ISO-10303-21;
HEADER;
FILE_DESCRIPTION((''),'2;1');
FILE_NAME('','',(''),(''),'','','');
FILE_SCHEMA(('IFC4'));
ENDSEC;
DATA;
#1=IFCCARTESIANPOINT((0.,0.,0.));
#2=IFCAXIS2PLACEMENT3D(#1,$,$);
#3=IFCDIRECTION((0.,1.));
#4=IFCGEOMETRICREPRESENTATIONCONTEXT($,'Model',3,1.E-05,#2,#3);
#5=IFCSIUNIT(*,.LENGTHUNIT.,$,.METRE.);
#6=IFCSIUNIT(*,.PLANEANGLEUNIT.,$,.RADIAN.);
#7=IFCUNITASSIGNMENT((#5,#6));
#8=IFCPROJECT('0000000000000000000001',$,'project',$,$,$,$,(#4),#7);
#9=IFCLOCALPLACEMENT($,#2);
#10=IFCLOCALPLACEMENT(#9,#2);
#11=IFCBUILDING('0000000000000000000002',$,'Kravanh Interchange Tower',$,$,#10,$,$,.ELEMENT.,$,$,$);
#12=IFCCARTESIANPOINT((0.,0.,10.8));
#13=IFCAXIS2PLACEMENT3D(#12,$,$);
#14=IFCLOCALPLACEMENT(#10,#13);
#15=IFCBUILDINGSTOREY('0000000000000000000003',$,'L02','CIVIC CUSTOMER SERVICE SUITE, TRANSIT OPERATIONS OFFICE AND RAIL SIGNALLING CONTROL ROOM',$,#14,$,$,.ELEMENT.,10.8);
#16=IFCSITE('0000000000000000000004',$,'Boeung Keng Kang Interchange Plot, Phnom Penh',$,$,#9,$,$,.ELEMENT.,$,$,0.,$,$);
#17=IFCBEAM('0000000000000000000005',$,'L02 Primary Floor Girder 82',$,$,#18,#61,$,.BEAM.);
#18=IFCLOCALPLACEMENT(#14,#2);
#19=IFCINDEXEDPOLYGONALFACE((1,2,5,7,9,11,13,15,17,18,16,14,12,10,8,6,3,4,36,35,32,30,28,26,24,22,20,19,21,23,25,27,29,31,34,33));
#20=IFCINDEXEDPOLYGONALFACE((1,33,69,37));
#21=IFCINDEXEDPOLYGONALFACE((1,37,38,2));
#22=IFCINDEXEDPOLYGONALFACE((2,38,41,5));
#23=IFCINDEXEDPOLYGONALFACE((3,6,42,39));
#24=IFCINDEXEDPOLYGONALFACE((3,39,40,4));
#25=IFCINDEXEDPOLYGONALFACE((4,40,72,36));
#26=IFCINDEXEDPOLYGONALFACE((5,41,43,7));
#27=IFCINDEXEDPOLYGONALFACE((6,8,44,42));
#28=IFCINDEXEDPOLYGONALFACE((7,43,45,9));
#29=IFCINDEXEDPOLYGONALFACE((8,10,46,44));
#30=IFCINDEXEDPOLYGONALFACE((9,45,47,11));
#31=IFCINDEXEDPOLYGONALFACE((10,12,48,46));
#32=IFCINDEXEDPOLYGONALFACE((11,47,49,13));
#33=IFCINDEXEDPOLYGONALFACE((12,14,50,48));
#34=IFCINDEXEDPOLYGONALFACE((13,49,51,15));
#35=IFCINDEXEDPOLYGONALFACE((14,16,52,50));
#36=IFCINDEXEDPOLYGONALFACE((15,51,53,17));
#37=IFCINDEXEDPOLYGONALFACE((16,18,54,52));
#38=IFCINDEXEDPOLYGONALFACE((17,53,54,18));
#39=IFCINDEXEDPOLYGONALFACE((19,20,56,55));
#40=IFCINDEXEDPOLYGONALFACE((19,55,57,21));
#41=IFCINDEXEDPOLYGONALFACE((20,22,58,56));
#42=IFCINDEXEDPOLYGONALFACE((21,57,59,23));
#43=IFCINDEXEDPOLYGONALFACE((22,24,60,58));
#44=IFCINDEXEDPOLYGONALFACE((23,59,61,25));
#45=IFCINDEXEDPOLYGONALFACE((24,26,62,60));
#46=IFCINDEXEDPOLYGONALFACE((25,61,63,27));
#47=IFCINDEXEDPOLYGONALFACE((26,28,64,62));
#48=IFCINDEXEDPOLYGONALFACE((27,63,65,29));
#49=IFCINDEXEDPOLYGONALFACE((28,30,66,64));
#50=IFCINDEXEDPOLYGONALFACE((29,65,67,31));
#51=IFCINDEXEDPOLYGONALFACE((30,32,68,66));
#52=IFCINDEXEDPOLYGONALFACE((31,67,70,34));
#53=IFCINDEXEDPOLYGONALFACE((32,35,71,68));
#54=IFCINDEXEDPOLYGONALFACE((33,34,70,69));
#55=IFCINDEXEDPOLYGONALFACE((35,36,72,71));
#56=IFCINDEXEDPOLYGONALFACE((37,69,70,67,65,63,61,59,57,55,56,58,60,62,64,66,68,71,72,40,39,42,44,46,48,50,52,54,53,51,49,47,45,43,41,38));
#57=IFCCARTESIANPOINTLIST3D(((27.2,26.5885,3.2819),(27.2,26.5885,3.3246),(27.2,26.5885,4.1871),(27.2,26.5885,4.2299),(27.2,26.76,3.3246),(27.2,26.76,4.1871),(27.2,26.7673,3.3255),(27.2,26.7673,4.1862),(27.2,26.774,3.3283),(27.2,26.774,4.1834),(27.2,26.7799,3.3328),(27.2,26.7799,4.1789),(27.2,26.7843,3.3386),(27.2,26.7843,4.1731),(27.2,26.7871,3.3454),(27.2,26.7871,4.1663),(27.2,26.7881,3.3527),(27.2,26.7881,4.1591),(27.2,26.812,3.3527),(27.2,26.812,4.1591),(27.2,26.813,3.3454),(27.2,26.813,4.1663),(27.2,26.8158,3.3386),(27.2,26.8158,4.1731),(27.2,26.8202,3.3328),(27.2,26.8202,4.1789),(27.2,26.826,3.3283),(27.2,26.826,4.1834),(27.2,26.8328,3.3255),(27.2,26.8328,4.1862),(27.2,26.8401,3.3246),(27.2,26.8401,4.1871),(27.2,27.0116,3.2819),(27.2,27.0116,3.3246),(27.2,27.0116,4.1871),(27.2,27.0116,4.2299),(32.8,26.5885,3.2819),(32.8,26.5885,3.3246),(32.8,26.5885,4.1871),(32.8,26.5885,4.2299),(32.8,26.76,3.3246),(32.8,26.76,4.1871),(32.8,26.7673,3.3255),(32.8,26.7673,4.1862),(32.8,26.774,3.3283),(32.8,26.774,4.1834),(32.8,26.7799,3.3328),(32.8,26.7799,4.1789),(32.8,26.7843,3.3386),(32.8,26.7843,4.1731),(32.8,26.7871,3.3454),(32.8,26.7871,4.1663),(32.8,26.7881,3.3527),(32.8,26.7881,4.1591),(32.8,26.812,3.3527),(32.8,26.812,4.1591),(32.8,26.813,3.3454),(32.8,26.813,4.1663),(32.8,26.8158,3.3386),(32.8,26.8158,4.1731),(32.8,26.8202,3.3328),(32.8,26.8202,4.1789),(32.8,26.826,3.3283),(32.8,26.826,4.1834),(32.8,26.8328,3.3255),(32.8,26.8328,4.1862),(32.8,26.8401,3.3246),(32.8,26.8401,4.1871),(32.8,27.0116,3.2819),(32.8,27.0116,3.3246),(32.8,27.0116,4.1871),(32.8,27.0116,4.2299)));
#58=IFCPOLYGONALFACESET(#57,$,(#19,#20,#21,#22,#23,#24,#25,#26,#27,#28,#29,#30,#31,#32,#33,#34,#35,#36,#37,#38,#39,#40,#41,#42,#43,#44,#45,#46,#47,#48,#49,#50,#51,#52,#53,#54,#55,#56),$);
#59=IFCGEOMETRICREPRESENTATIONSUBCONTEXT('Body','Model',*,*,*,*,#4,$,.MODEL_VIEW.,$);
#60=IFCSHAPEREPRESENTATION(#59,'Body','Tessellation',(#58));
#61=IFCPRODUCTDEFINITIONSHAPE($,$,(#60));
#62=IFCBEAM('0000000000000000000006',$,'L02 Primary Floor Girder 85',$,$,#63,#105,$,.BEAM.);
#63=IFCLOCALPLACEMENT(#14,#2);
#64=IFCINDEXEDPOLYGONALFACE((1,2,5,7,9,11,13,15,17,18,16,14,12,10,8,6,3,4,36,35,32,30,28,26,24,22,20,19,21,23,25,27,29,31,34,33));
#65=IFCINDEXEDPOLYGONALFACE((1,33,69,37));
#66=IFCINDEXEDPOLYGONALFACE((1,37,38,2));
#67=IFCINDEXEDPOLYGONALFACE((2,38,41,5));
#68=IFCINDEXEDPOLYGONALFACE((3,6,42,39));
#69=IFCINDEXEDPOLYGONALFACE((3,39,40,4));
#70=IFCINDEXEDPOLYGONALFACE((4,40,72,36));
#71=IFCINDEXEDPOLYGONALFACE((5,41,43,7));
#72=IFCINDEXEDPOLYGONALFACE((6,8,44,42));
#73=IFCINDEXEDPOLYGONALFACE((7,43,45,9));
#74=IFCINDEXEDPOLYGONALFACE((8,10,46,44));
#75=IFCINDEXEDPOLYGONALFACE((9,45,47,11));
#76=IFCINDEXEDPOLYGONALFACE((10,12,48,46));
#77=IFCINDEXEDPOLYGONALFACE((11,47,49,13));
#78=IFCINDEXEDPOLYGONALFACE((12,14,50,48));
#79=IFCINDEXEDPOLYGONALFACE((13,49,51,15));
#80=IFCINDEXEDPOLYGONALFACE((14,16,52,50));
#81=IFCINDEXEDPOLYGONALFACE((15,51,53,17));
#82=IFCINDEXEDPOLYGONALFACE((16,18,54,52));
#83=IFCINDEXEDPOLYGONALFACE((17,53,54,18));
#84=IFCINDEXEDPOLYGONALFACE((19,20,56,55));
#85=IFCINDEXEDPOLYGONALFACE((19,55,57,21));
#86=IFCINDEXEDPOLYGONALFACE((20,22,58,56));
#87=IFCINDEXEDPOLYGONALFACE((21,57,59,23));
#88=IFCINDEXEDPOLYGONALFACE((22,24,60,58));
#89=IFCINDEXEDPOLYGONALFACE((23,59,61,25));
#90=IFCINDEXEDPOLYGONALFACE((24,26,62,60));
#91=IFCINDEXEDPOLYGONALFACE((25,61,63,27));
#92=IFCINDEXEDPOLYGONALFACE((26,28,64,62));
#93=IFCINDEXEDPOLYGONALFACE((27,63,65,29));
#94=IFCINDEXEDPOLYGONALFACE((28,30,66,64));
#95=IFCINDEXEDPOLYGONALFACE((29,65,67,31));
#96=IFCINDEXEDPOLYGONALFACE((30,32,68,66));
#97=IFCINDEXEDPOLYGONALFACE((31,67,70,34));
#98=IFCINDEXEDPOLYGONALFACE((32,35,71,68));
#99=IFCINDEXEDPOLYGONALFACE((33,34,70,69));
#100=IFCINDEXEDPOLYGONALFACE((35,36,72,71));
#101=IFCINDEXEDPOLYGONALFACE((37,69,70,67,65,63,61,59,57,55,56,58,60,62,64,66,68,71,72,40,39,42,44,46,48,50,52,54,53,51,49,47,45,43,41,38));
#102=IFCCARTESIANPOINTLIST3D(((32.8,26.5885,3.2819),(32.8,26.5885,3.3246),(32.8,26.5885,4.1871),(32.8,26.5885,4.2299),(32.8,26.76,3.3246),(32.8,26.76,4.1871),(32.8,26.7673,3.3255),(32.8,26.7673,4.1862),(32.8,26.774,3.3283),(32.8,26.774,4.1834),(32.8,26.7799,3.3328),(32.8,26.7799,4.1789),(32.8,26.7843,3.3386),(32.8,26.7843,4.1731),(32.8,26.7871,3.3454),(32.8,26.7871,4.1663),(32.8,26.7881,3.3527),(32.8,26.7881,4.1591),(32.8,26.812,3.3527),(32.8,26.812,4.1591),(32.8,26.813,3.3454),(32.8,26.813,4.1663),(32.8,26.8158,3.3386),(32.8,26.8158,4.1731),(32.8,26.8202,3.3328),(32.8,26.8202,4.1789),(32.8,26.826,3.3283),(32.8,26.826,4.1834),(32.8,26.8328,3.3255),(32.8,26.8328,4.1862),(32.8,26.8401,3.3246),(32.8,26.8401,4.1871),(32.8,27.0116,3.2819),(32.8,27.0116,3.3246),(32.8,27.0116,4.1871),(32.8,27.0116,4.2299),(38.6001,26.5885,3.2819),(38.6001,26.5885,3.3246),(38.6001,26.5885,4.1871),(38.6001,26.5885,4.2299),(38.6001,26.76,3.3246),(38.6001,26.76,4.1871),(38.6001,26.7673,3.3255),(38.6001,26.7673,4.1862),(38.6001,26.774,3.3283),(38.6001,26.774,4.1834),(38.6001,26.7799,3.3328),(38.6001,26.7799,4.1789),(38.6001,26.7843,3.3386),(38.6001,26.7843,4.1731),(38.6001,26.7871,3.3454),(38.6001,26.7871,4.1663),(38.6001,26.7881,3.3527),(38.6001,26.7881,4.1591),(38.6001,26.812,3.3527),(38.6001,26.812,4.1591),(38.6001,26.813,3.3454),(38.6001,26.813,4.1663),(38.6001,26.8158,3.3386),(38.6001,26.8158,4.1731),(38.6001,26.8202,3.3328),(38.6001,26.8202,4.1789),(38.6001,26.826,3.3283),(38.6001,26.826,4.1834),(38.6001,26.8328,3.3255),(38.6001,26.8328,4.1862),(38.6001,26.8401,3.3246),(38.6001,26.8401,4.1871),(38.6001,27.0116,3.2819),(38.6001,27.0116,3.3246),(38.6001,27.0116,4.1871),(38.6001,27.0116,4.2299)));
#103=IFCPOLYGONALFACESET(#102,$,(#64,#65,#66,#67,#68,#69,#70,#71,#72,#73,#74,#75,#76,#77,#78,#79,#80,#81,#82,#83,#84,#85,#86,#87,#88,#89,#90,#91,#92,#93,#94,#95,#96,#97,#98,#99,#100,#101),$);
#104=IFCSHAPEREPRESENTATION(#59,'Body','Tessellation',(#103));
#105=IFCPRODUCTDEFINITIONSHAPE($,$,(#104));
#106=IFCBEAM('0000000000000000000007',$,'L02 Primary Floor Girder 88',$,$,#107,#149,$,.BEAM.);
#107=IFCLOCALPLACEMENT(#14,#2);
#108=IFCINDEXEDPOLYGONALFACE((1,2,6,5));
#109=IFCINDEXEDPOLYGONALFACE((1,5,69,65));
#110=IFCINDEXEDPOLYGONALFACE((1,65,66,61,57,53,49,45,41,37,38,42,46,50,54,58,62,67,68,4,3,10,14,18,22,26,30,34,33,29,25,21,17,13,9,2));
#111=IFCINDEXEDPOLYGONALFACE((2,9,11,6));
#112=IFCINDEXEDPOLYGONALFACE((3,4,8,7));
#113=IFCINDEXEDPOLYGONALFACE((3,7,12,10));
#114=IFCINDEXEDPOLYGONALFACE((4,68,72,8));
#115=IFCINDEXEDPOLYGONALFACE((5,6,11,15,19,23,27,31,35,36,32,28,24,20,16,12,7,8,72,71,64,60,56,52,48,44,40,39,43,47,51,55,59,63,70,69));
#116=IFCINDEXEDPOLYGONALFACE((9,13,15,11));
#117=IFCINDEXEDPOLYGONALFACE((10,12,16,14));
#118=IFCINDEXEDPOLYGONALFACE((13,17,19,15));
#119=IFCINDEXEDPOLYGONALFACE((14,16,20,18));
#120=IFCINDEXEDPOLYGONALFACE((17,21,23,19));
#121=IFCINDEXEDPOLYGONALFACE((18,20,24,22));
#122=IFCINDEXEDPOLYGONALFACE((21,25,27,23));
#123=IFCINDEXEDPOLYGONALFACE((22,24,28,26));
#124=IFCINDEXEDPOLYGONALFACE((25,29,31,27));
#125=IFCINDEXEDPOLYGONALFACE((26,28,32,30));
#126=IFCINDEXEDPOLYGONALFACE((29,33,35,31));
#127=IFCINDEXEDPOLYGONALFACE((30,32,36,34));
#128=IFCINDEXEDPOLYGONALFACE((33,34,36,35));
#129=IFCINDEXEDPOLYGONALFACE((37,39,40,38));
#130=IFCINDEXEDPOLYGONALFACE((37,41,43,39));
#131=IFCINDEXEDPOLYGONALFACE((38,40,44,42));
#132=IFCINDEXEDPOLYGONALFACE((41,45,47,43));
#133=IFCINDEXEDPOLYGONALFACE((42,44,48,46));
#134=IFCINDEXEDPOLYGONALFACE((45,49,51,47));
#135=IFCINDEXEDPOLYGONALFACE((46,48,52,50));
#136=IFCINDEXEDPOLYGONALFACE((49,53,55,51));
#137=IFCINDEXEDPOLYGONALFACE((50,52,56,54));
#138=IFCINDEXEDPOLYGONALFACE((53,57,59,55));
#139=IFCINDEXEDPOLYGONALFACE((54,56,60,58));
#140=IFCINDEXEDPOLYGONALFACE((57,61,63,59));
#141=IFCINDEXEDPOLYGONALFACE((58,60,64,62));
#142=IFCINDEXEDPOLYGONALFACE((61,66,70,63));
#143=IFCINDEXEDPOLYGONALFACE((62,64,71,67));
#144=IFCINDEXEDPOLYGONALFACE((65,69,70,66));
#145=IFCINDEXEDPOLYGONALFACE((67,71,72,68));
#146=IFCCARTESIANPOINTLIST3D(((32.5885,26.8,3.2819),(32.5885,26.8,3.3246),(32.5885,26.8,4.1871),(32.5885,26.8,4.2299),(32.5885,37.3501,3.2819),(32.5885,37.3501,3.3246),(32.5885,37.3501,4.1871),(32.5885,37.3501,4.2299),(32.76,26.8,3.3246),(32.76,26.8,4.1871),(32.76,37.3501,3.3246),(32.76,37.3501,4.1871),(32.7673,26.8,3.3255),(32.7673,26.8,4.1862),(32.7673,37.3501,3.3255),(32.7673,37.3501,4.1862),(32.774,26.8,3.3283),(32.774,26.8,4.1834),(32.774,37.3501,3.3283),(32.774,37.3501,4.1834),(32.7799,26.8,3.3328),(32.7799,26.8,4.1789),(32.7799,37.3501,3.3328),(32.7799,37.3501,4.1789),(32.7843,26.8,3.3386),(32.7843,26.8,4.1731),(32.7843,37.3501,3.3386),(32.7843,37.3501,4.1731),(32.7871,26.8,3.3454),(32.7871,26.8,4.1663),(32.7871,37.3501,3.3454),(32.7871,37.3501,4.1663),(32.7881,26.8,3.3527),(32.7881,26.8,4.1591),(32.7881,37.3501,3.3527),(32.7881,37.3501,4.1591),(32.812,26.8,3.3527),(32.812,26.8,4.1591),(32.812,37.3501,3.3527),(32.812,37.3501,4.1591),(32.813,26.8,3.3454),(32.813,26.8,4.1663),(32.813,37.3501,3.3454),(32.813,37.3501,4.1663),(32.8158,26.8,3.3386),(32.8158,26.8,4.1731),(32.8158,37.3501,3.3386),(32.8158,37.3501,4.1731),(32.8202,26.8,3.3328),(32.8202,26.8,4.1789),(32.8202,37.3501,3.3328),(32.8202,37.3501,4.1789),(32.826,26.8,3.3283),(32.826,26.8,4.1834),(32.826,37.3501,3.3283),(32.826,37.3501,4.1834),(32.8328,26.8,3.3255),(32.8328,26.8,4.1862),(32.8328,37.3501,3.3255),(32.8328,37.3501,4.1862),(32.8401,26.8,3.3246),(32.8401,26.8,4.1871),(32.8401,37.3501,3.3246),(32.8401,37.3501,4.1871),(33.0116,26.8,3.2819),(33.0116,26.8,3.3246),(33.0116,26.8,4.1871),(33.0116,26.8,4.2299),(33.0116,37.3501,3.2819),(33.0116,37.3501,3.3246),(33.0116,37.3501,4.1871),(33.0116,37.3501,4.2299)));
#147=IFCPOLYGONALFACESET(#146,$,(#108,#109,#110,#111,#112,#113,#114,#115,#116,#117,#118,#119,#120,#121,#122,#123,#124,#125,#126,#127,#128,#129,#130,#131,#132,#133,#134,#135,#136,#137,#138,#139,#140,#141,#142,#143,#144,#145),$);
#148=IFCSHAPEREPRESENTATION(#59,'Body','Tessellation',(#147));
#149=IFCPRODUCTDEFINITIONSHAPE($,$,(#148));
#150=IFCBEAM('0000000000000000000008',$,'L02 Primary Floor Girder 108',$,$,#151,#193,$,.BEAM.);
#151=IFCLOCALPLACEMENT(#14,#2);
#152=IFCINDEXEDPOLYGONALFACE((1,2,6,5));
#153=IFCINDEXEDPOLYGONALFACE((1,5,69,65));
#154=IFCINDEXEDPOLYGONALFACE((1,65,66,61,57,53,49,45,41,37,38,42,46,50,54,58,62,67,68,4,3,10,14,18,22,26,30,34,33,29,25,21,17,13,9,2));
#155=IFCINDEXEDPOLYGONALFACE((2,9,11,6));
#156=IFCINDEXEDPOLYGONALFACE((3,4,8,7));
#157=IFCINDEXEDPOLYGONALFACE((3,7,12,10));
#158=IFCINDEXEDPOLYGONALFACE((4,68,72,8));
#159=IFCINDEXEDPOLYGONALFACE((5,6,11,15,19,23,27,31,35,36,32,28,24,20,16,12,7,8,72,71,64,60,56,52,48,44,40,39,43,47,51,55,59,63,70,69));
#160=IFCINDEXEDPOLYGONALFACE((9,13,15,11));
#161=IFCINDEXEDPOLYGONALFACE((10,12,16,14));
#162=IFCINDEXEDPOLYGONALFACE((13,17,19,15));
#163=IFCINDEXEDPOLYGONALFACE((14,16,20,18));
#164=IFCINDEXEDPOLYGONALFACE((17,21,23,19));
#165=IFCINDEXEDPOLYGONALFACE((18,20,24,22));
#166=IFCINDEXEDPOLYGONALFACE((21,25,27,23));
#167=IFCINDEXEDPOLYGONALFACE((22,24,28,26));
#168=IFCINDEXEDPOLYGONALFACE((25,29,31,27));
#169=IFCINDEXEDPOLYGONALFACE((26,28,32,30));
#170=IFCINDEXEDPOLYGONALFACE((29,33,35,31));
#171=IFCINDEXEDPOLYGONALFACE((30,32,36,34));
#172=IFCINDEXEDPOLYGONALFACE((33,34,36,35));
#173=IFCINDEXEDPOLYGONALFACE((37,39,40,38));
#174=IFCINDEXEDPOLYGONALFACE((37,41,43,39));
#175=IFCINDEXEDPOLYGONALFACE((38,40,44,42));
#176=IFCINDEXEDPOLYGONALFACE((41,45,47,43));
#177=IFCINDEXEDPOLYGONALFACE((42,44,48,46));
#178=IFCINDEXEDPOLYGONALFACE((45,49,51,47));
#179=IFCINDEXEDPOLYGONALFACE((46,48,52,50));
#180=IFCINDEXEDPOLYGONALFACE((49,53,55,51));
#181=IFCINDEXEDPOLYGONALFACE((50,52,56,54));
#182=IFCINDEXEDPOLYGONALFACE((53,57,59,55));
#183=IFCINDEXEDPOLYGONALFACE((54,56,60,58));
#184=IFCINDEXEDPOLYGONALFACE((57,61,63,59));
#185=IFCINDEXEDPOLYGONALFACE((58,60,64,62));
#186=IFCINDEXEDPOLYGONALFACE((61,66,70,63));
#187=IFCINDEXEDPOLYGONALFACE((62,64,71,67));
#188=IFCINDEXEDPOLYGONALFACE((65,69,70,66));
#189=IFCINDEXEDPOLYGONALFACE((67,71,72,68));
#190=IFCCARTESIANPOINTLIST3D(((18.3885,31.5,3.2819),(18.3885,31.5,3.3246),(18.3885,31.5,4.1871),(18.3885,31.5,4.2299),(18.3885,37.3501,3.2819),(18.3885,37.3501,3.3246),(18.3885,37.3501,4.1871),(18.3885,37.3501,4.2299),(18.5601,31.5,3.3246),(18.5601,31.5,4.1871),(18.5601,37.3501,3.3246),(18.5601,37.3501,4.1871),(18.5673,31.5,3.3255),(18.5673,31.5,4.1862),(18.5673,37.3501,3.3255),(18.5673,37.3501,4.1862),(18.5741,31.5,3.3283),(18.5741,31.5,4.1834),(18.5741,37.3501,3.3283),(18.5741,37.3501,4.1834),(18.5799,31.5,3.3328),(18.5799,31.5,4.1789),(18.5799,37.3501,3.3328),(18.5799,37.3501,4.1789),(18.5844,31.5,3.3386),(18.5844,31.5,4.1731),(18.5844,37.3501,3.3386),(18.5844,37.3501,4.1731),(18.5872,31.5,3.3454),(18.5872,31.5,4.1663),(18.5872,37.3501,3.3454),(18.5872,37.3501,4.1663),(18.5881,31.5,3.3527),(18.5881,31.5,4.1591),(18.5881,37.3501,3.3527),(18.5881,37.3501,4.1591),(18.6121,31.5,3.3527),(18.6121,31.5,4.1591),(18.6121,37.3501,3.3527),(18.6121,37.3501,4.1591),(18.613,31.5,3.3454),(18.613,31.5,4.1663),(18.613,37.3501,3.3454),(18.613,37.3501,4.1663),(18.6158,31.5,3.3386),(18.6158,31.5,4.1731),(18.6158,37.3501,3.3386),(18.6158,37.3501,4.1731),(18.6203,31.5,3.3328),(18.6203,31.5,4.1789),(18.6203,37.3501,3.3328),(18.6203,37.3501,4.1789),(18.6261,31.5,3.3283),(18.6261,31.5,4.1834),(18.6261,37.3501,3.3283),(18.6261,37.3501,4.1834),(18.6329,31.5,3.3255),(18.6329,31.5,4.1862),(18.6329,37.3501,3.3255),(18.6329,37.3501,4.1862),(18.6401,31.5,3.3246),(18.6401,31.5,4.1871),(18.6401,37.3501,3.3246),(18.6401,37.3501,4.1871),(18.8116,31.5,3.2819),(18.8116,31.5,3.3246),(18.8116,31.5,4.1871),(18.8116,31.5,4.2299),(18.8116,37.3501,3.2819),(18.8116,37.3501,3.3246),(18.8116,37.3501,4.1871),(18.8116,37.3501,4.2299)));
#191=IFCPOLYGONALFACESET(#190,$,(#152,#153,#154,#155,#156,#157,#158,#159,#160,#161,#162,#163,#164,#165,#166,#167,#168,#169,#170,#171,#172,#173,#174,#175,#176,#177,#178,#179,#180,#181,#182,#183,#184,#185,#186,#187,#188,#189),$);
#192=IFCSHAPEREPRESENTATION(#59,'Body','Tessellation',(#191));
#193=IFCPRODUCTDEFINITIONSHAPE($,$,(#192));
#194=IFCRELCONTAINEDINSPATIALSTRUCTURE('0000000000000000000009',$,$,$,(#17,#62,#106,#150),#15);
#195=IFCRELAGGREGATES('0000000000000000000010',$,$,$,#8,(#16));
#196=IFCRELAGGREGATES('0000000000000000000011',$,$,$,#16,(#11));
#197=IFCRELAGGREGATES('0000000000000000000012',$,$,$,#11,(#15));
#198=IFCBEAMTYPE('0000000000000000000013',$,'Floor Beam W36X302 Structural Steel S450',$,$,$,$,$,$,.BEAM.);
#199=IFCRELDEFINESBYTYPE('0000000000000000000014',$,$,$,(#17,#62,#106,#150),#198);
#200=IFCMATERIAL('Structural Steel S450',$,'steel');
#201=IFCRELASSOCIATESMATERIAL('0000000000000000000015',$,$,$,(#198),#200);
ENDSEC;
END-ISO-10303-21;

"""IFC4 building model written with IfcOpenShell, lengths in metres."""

from ifc_helpers import new_model, si_unit, direction, frame, origin, origin_2d, place, context, subcontext, project, spatial, i_section, extrude, material, material_profile, profile_set, type_object, element, save


model = new_model("IFC4")

# Units and contexts
model_context = context("Model", 3, precision=1e-05, world=origin(), true_north=direction((0.0, 1.0)))
body_context = subcontext(model_context, "Body", "Model", "MODEL_VIEW")
ifc_project = project(units=[si_unit("LENGTHUNIT", "METRE"), si_unit("PLANEANGLEUNIT", "RADIAN")], contexts=[model_context])

# Site, building, storey
site_placement = place(None, origin())
site = spatial("IfcSite", under=ifc_project, at=site_placement, Name="Boeung Keng Kang Interchange Plot, Phnom Penh", CompositionType="ELEMENT", RefElevation=0.0)
building_placement = place(site_placement, origin())
building = spatial("IfcBuilding", under=site, at=building_placement, Name="Kravanh Interchange Tower", CompositionType="ELEMENT")
storey_placement = place(building_placement, frame((0.0, 0.0, 10.8)))
storey = spatial("IfcBuildingStorey", under=building, at=storey_placement, Name="L02", Description="CIVIC CUSTOMER SERVICE SUITE, TRANSIT OPERATIONS OFFICE AND RAIL SIGNALLING CONTROL ROOM", CompositionType="ELEMENT", Elevation=10.8)

# Beams
ifc_material_1 = material(Name="Structural Steel S450", Category="steel")
ifc_material_profile_1 = material_profile(ifc_material_1, i_section(OverallWidth=0.4231, OverallDepth=0.948, WebThickness=0.0239, FlangeThickness=0.0427, FilletRadius=0.0281, at=origin_2d()), Name="W36X302")
ifc_profile_set_1 = profile_set([ifc_material_profile_1], Name="Structural Steel S450")
beam_type_1 = type_object("IfcBeamType", Name="Floor Beam W36X302 Structural Steel S450", PredefinedType="BEAM", material=ifc_profile_set_1)
beam_1_placement = place(storey_placement, frame((27.2, 26.8, 3.7559), z_axis=(1.0, 0.0, 0.0), x_axis=(0.0, 1.0, 0.0)))
element("IfcBeam", 1, at=beam_1_placement, inside=storey, type_object=beam_type_1, Name="L02 Primary Floor Girder 82", PredefinedType="BEAM", context=body_context, shape_type="SweptSolid", body=[
    extrude(i_section(OverallWidth=0.4231, OverallDepth=0.948, WebThickness=0.0239, FlangeThickness=0.0427, FilletRadius=0.0281, at=origin_2d()), origin(), (0.0, 0.0, 1.0), 5.6001),
])
beam_2_placement = place(storey_placement, frame((32.8, 26.8, 3.7559), z_axis=(1.0, 0.0, 0.0), x_axis=(0.0, 1.0, 0.0)))
element("IfcBeam", 2, at=beam_2_placement, inside=storey, type_object=beam_type_1, Name="L02 Primary Floor Girder 85", PredefinedType="BEAM", context=body_context, shape_type="SweptSolid", body=[
    extrude(i_section(OverallWidth=0.4231, OverallDepth=0.948, WebThickness=0.0239, FlangeThickness=0.0427, FilletRadius=0.0281, at=origin_2d()), origin(), (0.0, 0.0, 1.0), 5.8),
])
beam_3_placement = place(storey_placement, frame((32.8, 26.8, 3.7559), z_axis=(0.0, 1.0, 0.0), x_axis=(-1.0, 0.0, 0.0)))
element("IfcBeam", 3, at=beam_3_placement, inside=storey, type_object=beam_type_1, Name="L02 Primary Floor Girder 88", PredefinedType="BEAM", context=body_context, shape_type="SweptSolid", body=[
    extrude(i_section(OverallWidth=0.4231, OverallDepth=0.948, WebThickness=0.0239, FlangeThickness=0.0427, FilletRadius=0.0281, at=origin_2d()), origin(), (0.0, 0.0, 1.0), 10.55),
])
beam_4_placement = place(storey_placement, frame((18.6001, 31.5, 3.7559), z_axis=(0.0, 1.0, 0.0), x_axis=(-1.0, 0.0, 0.0)))
element("IfcBeam", 4, at=beam_4_placement, inside=storey, type_object=beam_type_1, Name="L02 Primary Floor Girder 108", PredefinedType="BEAM", context=body_context, shape_type="SweptSolid", body=[
    extrude(i_section(OverallWidth=0.4231, OverallDepth=0.948, WebThickness=0.0239, FlangeThickness=0.0427, FilletRadius=0.0281, at=origin_2d()), origin(), (0.0, 0.0, 1.0), 5.8501),
])

save(model, "model.ifc")
